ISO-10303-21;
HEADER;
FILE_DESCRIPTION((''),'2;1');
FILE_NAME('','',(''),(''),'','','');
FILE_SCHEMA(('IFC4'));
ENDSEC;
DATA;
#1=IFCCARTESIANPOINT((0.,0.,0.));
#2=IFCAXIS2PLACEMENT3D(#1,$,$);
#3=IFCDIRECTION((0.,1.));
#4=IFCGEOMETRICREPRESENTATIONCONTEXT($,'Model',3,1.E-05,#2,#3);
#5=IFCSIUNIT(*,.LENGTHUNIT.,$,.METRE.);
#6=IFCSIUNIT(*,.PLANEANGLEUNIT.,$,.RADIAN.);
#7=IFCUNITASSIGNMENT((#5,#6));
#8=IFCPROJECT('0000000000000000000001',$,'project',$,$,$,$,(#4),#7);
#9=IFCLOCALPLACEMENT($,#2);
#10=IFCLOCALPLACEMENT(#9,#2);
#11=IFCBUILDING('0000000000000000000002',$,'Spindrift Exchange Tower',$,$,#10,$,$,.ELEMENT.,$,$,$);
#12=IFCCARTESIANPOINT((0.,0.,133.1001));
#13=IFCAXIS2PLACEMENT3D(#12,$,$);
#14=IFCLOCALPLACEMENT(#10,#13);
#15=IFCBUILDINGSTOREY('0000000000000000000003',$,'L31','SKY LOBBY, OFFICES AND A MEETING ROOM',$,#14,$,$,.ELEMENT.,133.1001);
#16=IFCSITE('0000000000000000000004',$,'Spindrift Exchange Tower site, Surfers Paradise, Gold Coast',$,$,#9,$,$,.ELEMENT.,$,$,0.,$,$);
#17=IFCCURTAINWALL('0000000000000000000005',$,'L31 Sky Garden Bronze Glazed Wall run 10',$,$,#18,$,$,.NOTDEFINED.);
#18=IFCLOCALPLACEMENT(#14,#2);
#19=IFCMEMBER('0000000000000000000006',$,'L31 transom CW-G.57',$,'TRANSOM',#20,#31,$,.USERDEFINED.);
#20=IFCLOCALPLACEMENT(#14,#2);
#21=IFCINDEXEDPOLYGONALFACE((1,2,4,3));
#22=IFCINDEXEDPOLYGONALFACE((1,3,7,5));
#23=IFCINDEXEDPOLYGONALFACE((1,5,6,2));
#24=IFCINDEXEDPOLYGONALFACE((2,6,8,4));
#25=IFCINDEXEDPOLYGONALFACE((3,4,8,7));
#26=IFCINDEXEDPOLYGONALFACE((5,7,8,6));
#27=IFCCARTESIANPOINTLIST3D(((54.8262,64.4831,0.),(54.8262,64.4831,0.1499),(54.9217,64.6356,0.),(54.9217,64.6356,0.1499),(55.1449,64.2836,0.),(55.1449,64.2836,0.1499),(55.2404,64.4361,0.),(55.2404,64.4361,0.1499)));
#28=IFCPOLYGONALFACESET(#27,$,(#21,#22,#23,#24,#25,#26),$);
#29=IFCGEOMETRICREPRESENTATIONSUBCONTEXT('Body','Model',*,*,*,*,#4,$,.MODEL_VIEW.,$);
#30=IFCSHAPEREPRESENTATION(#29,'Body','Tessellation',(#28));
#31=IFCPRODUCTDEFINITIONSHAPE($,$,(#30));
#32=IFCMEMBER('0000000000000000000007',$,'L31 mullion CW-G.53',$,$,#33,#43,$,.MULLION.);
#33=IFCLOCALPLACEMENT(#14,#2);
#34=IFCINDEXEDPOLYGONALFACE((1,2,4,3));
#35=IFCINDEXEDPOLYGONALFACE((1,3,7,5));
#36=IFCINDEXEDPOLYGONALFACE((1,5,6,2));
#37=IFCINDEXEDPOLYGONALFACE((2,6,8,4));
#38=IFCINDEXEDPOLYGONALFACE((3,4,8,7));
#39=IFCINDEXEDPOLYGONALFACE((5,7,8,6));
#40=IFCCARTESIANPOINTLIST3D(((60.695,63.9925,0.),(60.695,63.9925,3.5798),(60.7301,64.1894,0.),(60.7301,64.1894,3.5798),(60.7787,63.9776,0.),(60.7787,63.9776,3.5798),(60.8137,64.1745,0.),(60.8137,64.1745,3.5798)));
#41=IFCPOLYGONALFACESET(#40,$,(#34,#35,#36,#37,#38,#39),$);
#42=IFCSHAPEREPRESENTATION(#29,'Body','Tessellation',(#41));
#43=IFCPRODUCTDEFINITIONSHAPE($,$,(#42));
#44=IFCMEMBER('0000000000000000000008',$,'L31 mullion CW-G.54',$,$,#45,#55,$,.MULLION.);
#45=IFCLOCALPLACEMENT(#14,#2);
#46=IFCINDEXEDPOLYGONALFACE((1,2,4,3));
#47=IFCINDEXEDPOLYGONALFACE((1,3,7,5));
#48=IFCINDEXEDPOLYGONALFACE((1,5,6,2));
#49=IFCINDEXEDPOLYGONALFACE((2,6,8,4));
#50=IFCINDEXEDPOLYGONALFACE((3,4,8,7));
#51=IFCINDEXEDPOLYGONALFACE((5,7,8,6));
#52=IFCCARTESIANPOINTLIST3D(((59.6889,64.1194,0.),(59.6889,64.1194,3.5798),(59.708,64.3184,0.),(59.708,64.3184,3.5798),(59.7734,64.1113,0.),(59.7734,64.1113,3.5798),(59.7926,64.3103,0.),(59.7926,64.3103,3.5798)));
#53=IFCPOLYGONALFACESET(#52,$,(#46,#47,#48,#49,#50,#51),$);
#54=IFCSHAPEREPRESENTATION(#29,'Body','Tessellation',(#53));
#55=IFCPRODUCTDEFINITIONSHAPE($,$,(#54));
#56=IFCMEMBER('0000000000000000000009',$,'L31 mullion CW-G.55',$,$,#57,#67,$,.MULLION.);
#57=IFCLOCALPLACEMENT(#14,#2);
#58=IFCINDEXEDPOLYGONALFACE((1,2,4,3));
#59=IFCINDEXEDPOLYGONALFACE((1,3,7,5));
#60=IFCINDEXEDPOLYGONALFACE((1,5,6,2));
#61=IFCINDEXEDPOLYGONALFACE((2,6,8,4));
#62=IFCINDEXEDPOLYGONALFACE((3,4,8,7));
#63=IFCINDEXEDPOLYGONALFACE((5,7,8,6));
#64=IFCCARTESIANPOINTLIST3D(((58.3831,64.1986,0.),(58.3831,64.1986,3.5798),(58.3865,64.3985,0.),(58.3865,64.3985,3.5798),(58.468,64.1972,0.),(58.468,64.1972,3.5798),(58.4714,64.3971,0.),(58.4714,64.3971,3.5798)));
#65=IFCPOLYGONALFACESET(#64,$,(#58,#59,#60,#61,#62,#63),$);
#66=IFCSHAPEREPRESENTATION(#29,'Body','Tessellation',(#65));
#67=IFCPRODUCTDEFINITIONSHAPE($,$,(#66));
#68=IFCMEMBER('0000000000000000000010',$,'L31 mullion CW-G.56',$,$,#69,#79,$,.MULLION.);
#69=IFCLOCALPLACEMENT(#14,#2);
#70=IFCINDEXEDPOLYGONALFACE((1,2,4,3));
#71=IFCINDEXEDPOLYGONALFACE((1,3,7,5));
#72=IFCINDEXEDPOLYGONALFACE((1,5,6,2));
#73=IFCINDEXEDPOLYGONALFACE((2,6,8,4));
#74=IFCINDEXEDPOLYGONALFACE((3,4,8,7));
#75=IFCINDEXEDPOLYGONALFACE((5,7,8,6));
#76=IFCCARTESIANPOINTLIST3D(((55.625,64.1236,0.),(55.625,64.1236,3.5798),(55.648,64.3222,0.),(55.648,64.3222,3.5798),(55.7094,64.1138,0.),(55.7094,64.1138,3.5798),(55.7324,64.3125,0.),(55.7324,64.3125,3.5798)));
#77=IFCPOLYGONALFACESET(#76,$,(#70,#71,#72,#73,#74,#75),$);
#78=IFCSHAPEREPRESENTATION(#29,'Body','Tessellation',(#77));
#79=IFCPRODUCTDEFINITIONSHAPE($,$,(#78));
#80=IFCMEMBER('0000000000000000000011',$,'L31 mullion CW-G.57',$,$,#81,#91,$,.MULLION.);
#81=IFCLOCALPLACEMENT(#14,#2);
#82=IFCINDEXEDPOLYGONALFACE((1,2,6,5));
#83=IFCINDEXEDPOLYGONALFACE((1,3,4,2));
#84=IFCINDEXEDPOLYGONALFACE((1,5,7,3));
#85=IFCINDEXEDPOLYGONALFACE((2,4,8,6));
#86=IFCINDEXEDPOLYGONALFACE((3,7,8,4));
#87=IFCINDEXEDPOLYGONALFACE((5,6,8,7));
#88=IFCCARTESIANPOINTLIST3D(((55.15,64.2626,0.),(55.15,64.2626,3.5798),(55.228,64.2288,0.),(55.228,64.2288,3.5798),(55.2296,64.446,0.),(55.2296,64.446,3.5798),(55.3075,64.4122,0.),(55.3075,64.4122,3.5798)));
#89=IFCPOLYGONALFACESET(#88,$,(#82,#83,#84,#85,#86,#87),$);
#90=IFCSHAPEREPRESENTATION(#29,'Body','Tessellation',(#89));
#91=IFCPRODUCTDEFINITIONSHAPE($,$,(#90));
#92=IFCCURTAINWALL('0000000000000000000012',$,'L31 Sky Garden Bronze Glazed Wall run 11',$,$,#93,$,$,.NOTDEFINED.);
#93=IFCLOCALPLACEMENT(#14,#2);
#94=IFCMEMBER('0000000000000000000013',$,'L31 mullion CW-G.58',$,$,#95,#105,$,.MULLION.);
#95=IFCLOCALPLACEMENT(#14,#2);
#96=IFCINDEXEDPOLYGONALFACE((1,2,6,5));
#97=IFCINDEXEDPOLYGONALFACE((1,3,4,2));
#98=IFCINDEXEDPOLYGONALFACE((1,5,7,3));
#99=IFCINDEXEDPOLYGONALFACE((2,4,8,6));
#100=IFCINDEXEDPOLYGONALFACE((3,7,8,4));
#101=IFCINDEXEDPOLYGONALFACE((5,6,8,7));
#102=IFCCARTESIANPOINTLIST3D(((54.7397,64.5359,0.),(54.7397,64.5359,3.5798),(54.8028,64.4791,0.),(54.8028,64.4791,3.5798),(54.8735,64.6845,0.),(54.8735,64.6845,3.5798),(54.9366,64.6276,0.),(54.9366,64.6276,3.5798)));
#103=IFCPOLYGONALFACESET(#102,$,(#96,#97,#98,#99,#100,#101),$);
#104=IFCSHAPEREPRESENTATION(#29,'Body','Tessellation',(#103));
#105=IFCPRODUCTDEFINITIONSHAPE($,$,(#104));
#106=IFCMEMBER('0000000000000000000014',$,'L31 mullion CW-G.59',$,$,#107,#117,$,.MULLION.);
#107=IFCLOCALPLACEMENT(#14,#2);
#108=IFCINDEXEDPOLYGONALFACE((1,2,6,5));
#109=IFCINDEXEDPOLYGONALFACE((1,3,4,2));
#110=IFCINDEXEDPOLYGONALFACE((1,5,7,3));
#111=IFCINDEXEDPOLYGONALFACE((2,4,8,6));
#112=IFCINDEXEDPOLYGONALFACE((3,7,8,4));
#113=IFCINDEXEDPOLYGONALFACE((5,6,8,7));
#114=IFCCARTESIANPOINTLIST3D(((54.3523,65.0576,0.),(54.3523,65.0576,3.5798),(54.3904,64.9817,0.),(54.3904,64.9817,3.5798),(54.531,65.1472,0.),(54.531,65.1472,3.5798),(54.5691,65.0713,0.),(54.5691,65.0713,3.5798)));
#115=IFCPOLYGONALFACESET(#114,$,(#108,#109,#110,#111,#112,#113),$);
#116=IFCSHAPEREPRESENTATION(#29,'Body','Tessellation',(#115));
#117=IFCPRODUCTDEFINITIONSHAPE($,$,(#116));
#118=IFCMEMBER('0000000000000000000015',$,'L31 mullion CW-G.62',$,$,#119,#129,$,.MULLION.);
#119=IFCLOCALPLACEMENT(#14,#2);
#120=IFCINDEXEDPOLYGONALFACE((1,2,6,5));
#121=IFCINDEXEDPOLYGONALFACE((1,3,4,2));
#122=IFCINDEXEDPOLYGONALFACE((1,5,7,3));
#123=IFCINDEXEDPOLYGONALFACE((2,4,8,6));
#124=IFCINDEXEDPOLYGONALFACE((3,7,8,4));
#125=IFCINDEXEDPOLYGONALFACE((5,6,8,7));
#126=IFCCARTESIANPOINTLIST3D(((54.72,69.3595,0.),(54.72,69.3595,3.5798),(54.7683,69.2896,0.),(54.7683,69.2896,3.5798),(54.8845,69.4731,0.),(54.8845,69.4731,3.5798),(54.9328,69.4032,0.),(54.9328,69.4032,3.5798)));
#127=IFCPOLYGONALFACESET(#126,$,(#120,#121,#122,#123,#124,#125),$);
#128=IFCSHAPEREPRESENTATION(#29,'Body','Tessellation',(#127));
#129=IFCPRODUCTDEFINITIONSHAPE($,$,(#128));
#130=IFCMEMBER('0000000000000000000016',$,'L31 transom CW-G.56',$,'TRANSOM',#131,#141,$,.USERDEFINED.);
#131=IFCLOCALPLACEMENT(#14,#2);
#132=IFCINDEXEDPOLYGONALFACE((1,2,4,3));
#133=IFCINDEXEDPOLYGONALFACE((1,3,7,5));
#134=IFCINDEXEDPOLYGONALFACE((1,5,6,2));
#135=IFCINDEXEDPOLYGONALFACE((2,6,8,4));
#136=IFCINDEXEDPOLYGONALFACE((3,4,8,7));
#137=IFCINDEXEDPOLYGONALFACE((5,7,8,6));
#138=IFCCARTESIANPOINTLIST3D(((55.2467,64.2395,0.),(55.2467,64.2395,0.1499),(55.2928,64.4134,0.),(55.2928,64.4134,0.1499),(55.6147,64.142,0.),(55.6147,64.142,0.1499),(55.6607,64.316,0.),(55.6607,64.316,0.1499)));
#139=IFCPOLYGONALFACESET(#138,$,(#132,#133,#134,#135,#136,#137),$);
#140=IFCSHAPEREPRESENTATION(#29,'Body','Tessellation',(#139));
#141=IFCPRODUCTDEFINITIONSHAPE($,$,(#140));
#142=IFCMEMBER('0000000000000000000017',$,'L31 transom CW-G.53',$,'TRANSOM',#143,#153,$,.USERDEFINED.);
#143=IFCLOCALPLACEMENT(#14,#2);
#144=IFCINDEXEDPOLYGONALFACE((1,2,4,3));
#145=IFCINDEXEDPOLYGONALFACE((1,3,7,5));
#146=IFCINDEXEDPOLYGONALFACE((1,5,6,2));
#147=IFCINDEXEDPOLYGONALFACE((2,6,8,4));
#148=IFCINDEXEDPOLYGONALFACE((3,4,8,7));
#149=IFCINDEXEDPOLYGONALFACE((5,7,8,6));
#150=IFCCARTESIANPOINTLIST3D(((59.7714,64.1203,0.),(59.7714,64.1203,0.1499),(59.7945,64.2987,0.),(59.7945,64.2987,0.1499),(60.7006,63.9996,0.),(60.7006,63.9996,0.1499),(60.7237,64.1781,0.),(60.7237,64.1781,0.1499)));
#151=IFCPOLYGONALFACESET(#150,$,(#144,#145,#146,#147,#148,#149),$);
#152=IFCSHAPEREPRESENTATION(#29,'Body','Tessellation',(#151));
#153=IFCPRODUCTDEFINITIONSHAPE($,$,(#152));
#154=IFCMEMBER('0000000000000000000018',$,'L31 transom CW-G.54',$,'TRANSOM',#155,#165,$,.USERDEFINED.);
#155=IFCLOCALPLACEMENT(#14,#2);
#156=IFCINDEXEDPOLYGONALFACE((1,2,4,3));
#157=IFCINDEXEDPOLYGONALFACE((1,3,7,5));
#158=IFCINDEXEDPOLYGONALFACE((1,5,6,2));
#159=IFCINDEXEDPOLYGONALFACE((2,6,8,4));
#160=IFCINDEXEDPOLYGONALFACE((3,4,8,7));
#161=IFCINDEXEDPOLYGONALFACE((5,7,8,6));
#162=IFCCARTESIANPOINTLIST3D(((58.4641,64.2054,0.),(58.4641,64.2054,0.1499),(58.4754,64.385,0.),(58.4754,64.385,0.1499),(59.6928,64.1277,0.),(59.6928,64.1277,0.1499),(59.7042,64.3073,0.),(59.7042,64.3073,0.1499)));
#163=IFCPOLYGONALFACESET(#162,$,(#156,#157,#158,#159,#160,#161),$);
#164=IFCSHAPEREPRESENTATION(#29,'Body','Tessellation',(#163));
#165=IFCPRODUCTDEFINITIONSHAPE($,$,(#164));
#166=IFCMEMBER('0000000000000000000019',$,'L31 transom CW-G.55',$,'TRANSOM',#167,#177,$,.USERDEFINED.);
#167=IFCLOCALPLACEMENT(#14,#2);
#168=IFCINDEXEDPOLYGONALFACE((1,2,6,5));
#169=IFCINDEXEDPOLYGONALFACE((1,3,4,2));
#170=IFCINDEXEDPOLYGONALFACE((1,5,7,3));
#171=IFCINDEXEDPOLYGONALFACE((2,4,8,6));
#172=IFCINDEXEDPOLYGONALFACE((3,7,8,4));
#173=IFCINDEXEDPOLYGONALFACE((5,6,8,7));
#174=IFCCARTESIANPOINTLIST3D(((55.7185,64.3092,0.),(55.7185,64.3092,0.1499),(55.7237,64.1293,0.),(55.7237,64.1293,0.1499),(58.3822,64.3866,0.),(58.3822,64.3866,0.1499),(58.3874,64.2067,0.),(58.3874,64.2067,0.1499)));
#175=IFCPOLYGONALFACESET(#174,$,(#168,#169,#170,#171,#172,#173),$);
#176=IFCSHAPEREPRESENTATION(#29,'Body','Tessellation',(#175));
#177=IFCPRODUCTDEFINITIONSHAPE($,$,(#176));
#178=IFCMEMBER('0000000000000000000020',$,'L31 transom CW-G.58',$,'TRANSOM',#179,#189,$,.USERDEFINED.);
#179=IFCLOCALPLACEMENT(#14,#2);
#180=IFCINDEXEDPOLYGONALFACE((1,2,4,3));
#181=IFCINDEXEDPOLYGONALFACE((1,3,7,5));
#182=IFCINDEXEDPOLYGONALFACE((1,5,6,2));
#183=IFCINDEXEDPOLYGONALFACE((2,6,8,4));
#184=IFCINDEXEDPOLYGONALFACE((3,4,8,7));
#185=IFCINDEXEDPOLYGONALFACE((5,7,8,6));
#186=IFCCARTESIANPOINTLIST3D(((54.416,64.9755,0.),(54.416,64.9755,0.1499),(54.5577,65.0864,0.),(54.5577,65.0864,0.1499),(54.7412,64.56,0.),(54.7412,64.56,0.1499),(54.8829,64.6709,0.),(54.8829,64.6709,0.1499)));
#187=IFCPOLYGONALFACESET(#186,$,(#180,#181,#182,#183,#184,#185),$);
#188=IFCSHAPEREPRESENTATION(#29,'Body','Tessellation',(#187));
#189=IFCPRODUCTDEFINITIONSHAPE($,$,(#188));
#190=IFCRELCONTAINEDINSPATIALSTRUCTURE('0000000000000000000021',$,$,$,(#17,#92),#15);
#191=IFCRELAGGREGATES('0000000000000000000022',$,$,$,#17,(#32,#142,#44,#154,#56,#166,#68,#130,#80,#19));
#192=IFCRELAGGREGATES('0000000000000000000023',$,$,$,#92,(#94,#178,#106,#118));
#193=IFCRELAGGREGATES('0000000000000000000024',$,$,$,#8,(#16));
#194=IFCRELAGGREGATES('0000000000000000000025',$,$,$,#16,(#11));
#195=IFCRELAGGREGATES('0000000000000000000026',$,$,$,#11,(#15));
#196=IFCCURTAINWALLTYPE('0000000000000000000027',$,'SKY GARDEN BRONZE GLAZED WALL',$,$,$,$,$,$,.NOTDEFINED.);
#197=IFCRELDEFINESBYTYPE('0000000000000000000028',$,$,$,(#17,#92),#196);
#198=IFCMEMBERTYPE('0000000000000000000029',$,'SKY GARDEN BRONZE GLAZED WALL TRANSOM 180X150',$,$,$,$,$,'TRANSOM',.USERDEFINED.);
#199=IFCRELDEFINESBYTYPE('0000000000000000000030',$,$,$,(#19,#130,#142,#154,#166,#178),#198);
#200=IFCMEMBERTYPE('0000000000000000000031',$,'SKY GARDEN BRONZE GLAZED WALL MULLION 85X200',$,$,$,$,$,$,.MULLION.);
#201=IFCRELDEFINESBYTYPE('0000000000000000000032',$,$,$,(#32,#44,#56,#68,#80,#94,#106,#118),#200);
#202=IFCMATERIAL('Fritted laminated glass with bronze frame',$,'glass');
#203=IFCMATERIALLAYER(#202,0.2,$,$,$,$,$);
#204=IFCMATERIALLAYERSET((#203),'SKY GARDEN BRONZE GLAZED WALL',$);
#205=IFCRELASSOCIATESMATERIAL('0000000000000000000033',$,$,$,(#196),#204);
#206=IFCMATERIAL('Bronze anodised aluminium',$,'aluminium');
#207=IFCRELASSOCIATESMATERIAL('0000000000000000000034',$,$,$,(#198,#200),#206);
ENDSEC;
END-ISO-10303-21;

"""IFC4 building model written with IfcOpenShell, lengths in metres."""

from ifc_helpers import new_model, si_unit, direction, frame, origin, origin_2d, place, context, subcontext, project, spatial, rectangle, extrude, source, transform, mapped, material, layer, layer_set, material_profile, profile_set, type_object, element, aggregate, save


model = new_model("IFC4")

# Units and contexts
model_context = context("Model", 3, precision=1e-05, world=origin(), true_north=direction((0.0, 1.0)))
body_context = subcontext(model_context, "Body", "Model", "MODEL_VIEW")
ifc_project = project(units=[si_unit("LENGTHUNIT", "METRE"), si_unit("PLANEANGLEUNIT", "RADIAN")], contexts=[model_context])

# Site, building, storey
site_placement = place(None, origin())
site = spatial("IfcSite", under=ifc_project, at=site_placement, Name="Spindrift Exchange Tower site, Surfers Paradise, Gold Coast", CompositionType="ELEMENT", RefElevation=0.0)
building_placement = place(site_placement, origin())
building = spatial("IfcBuilding", under=site, at=building_placement, Name="Spindrift Exchange Tower", CompositionType="ELEMENT")
storey_placement = place(building_placement, frame((0.0, 0.0, 133.1001)))
storey = spatial("IfcBuildingStorey", under=building, at=storey_placement, Name="L31", Description="SKY LOBBY, OFFICES AND A MEETING ROOM", CompositionType="ELEMENT", Elevation=133.1001)

# Curtain walls, members
ifc_material_1 = material(Name="Fritted laminated glass with bronze frame", Category="glass")
ifc_layer_1 = layer(ifc_material_1, 0.2)
ifc_layer_set_1 = layer_set([ifc_layer_1], Name="SKY GARDEN BRONZE GLAZED WALL")
curtain_wall_type = type_object("IfcCurtainWallType", Name="SKY GARDEN BRONZE GLAZED WALL", PredefinedType="NOTDEFINED", material=ifc_layer_set_1)
curtain_wall_1_placement = place(storey_placement, origin())
curtain_wall_1 = element("IfcCurtainWall", 1, at=curtain_wall_1_placement, inside=storey, type_object=curtain_wall_type, Name="L31 Sky Garden Bronze Glazed Wall run 10", PredefinedType="NOTDEFINED")
ifc_material_2 = material(Name="Bronze anodised aluminium", Category="aluminium")
ifc_material_profile_1 = material_profile(ifc_material_2, rectangle(XDim=0.1799, YDim=0.1499, at=origin_2d()), Name="SKY GARDEN BRONZE GLAZED WALL TRANSOM 180X150")
ifc_profile_set_1 = profile_set([ifc_material_profile_1], Name="Bronze anodised aluminium")
member_type_1 = type_object("IfcMemberType", Name="SKY GARDEN BRONZE GLAZED WALL TRANSOM 180X150", ElementType="TRANSOM", PredefinedType="USERDEFINED", material=ifc_profile_set_1)
shared_shape_1 = source(origin(), body_context, "Body", "SweptSolid", [
    extrude(rectangle(XDim=0.1799, YDim=0.1499, at=origin_2d()), origin(), (0.0, 0.0, 1.0), 0.376),
])
member_1_placement = place(storey_placement, frame((55.1926, 64.3599, 0.075), z_axis=(-0.847597, 0.530641, 0.0), x_axis=(-0.530641, -0.847597, 0.0)))
member_1 = element("IfcMember", 2, at=member_1_placement, type_object=member_type_1, Name="L31 transom CW-G.57", ObjectType="TRANSOM", PredefinedType="USERDEFINED", context=body_context, shape_type="MappedRepresentation", body=[
    mapped(shared_shape_1, transform((0.0, 0.0, 0.0), scale=1.0)),
])
ifc_material_profile_2 = material_profile(ifc_material_2, rectangle(XDim=0.085, YDim=0.2, at=origin_2d()), Name="SKY GARDEN BRONZE GLAZED WALL MULLION 85X200")
ifc_profile_set_2 = profile_set([ifc_material_profile_2], Name="Bronze anodised aluminium")
member_type_2 = type_object("IfcMemberType", Name="SKY GARDEN BRONZE GLAZED WALL MULLION 85X200", PredefinedType="MULLION", material=ifc_profile_set_2)
shared_shape_2 = source(origin(), body_context, "Body", "SweptSolid", [
    extrude(rectangle(XDim=0.085, YDim=0.2, at=origin_2d()), origin(), (0.0, 0.0, 1.0), 3.5798),
])
member_2_placement = place(storey_placement, frame((60.7544, 64.0835, 0.0), z_axis=(0.0, 0.0, 1.0), x_axis=(-0.984506, 0.175352, 0.0)))
member_2 = element("IfcMember", 3, at=member_2_placement, type_object=member_type_2, Name="L31 mullion CW-G.53", PredefinedType="MULLION", context=body_context, shape_type="MappedRepresentation", body=[
    mapped(shared_shape_2, transform((0.0, 0.0, 0.0), scale=1.0)),
])
member_3_placement = place(storey_placement, frame((59.7407, 64.2148, 0.0), z_axis=(0.0, 0.0, 1.0), x_axis=(-0.995398, 0.095824, 0.0)))
member_3 = element("IfcMember", 4, at=member_3_placement, type_object=member_type_2, Name="L31 mullion CW-G.54", PredefinedType="MULLION", context=body_context, shape_type="MappedRepresentation", body=[
    mapped(shared_shape_2, transform((0.0, 0.0, 0.0), scale=1.0)),
])
member_4_placement = place(storey_placement, frame((58.4272, 64.2979, 0.0), z_axis=(0.0, 0.0, 1.0), x_axis=(-0.999855, 0.017017, 0.0)))
member_4 = element("IfcMember", 5, at=member_4_placement, type_object=member_type_2, Name="L31 mullion CW-G.55", PredefinedType="MULLION", context=body_context, shape_type="MappedRepresentation", body=[
    mapped(shared_shape_2, transform((0.0, 0.0, 0.0), scale=1.0)),
])
member_5_placement = place(storey_placement, frame((55.6787, 64.218, 0.0), z_axis=(0.0, 0.0, 1.0), x_axis=(-0.993389, 0.114798, 0.0)))
member_5 = element("IfcMember", 6, at=member_5_placement, type_object=member_type_2, Name="L31 mullion CW-G.56", PredefinedType="MULLION", context=body_context, shape_type="MappedRepresentation", body=[
    mapped(shared_shape_2, transform((0.0, 0.0, 0.0), scale=1.0)),
])
member_6_placement = place(storey_placement, frame((55.2288, 64.3374, 0.0), z_axis=(0.0, 0.0, 1.0), x_axis=(-0.917443, 0.397868, 0.0)))
member_6 = element("IfcMember", 7, at=member_6_placement, type_object=member_type_2, Name="L31 mullion CW-G.57", PredefinedType="MULLION", context=body_context, shape_type="MappedRepresentation", body=[
    mapped(shared_shape_2, transform((0.0, 0.0, 0.0), scale=1.0)),
])
curtain_wall_2_placement = place(storey_placement, origin())
curtain_wall_2 = element("IfcCurtainWall", 8, at=curtain_wall_2_placement, inside=storey, type_object=curtain_wall_type, Name="L31 Sky Garden Bronze Glazed Wall run 11", PredefinedType="NOTDEFINED")
member_7_placement = place(storey_placement, frame((54.8381, 64.5818, 0.0), z_axis=(0.0, 0.0, 1.0), x_axis=(-0.743034, 0.669254, 0.0)))
member_7 = element("IfcMember", 9, at=member_7_placement, type_object=member_type_2, Name="L31 mullion CW-G.58", PredefinedType="MULLION", context=body_context, shape_type="MappedRepresentation", body=[
    mapped(shared_shape_2, transform((0.0, 0.0, 0.0), scale=1.0)),
])
member_8_placement = place(storey_placement, frame((54.4607, 65.0645, 0.0), z_axis=(0.0, 0.0, 1.0), x_axis=(-0.448084, 0.893991, 0.0)))
member_8 = element("IfcMember", 10, at=member_8_placement, type_object=member_type_2, Name="L31 mullion CW-G.59", PredefinedType="MULLION", context=body_context, shape_type="MappedRepresentation", body=[
    mapped(shared_shape_2, transform((0.0, 0.0, 0.0), scale=1.0)),
])
member_9_placement = place(storey_placement, frame((54.8264, 69.3813, 0.0), z_axis=(0.0, 0.0, 1.0), x_axis=(-0.568348, 0.822789, 0.0)))
member_9 = element("IfcMember", 11, at=member_9_placement, type_object=member_type_2, Name="L31 mullion CW-G.62", PredefinedType="MULLION", context=body_context, shape_type="MappedRepresentation", body=[
    mapped(shared_shape_2, transform((0.0, 0.0, 0.0), scale=1.0)),
])

# Members
shared_shape_3 = source(origin(), body_context, "Body", "SweptSolid", [
    extrude(rectangle(XDim=0.1799, YDim=0.1499, at=origin_2d()), origin(), (0.0, 0.0, 1.0), 0.3806),
])
member_10_placement = place(storey_placement, frame((55.6377, 64.229, 0.075), z_axis=(-0.966691, 0.255945, 0.0), x_axis=(-0.255945, -0.966691, 0.0)))
member_10 = element("IfcMember", 12, at=member_10_placement, type_object=member_type_1, Name="L31 transom CW-G.56", ObjectType="TRANSOM", PredefinedType="USERDEFINED", context=body_context, shape_type="MappedRepresentation", body=[
    mapped(shared_shape_3, transform((0.0, 0.0, 0.0), scale=1.0)),
])
shared_shape_4 = source(origin(), body_context, "Body", "SweptSolid", [
    extrude(rectangle(XDim=0.1799, YDim=0.1499, at=origin_2d()), origin(), (0.0, 0.0, 1.0), 0.937),
])
member_11_placement = place(storey_placement, frame((60.7122, 64.0889, 0.075), z_axis=(-0.991682, 0.128715, 0.0), x_axis=(-0.128715, -0.991682, 0.0)))
member_11 = element("IfcMember", 13, at=member_11_placement, type_object=member_type_1, Name="L31 transom CW-G.53", ObjectType="TRANSOM", PredefinedType="USERDEFINED", context=body_context, shape_type="MappedRepresentation", body=[
    mapped(shared_shape_4, transform((0.0, 0.0, 0.0), scale=1.0)),
])
shared_shape_5 = source(origin(), body_context, "Body", "SweptSolid", [
    extrude(rectangle(XDim=0.1799, YDim=0.1499, at=origin_2d()), origin(), (0.0, 0.0, 1.0), 1.2312),
])
member_12_placement = place(storey_placement, frame((59.6985, 64.2175, 0.075), z_axis=(-0.99801, 0.063057, 0.0), x_axis=(-0.063057, -0.99801, 0.0)))
member_12 = element("IfcMember", 14, at=member_12_placement, type_object=member_type_1, Name="L31 transom CW-G.54", ObjectType="TRANSOM", PredefinedType="USERDEFINED", context=body_context, shape_type="MappedRepresentation", body=[
    mapped(shared_shape_5, transform((0.0, 0.0, 0.0), scale=1.0)),
])
shared_shape_6 = source(origin(), body_context, "Body", "SweptSolid", [
    extrude(rectangle(XDim=0.1799, YDim=0.1499, at=origin_2d()), origin(), (0.0, 0.0, 1.0), 2.6648),
])
member_13_placement = place(storey_placement, frame((58.3848, 64.2966, 0.075), z_axis=(-0.999578, -0.029044, 0.0), x_axis=(0.029044, -0.999578, 0.0)))
member_13 = element("IfcMember", 15, at=member_13_placement, type_object=member_type_1, Name="L31 transom CW-G.55", ObjectType="TRANSOM", PredefinedType="USERDEFINED", context=body_context, shape_type="MappedRepresentation", body=[
    mapped(shared_shape_6, transform((0.0, 0.0, 0.0), scale=1.0)),
])
shared_shape_7 = source(origin(), body_context, "Body", "SweptSolid", [
    extrude(rectangle(XDim=0.1799, YDim=0.1499, at=origin_2d()), origin(), (0.0, 0.0, 1.0), 0.5276),
])
member_14_placement = place(storey_placement, frame((54.812, 64.6155, 0.075), z_axis=(-0.616308, 0.787505, 0.0), x_axis=(-0.787505, -0.616308, 0.0)))
member_14 = element("IfcMember", 16, at=member_14_placement, type_object=member_type_1, Name="L31 transom CW-G.58", ObjectType="TRANSOM", PredefinedType="USERDEFINED", context=body_context, shape_type="MappedRepresentation", body=[
    mapped(shared_shape_7, transform((0.0, 0.0, 0.0), scale=1.0)),
])

aggregate(curtain_wall_1, [member_2, member_11, member_3, member_12, member_4, member_13, member_5, member_10, member_6, member_1])
aggregate(curtain_wall_2, [member_7, member_14, member_8, member_9])

save(model, "model.ifc")
